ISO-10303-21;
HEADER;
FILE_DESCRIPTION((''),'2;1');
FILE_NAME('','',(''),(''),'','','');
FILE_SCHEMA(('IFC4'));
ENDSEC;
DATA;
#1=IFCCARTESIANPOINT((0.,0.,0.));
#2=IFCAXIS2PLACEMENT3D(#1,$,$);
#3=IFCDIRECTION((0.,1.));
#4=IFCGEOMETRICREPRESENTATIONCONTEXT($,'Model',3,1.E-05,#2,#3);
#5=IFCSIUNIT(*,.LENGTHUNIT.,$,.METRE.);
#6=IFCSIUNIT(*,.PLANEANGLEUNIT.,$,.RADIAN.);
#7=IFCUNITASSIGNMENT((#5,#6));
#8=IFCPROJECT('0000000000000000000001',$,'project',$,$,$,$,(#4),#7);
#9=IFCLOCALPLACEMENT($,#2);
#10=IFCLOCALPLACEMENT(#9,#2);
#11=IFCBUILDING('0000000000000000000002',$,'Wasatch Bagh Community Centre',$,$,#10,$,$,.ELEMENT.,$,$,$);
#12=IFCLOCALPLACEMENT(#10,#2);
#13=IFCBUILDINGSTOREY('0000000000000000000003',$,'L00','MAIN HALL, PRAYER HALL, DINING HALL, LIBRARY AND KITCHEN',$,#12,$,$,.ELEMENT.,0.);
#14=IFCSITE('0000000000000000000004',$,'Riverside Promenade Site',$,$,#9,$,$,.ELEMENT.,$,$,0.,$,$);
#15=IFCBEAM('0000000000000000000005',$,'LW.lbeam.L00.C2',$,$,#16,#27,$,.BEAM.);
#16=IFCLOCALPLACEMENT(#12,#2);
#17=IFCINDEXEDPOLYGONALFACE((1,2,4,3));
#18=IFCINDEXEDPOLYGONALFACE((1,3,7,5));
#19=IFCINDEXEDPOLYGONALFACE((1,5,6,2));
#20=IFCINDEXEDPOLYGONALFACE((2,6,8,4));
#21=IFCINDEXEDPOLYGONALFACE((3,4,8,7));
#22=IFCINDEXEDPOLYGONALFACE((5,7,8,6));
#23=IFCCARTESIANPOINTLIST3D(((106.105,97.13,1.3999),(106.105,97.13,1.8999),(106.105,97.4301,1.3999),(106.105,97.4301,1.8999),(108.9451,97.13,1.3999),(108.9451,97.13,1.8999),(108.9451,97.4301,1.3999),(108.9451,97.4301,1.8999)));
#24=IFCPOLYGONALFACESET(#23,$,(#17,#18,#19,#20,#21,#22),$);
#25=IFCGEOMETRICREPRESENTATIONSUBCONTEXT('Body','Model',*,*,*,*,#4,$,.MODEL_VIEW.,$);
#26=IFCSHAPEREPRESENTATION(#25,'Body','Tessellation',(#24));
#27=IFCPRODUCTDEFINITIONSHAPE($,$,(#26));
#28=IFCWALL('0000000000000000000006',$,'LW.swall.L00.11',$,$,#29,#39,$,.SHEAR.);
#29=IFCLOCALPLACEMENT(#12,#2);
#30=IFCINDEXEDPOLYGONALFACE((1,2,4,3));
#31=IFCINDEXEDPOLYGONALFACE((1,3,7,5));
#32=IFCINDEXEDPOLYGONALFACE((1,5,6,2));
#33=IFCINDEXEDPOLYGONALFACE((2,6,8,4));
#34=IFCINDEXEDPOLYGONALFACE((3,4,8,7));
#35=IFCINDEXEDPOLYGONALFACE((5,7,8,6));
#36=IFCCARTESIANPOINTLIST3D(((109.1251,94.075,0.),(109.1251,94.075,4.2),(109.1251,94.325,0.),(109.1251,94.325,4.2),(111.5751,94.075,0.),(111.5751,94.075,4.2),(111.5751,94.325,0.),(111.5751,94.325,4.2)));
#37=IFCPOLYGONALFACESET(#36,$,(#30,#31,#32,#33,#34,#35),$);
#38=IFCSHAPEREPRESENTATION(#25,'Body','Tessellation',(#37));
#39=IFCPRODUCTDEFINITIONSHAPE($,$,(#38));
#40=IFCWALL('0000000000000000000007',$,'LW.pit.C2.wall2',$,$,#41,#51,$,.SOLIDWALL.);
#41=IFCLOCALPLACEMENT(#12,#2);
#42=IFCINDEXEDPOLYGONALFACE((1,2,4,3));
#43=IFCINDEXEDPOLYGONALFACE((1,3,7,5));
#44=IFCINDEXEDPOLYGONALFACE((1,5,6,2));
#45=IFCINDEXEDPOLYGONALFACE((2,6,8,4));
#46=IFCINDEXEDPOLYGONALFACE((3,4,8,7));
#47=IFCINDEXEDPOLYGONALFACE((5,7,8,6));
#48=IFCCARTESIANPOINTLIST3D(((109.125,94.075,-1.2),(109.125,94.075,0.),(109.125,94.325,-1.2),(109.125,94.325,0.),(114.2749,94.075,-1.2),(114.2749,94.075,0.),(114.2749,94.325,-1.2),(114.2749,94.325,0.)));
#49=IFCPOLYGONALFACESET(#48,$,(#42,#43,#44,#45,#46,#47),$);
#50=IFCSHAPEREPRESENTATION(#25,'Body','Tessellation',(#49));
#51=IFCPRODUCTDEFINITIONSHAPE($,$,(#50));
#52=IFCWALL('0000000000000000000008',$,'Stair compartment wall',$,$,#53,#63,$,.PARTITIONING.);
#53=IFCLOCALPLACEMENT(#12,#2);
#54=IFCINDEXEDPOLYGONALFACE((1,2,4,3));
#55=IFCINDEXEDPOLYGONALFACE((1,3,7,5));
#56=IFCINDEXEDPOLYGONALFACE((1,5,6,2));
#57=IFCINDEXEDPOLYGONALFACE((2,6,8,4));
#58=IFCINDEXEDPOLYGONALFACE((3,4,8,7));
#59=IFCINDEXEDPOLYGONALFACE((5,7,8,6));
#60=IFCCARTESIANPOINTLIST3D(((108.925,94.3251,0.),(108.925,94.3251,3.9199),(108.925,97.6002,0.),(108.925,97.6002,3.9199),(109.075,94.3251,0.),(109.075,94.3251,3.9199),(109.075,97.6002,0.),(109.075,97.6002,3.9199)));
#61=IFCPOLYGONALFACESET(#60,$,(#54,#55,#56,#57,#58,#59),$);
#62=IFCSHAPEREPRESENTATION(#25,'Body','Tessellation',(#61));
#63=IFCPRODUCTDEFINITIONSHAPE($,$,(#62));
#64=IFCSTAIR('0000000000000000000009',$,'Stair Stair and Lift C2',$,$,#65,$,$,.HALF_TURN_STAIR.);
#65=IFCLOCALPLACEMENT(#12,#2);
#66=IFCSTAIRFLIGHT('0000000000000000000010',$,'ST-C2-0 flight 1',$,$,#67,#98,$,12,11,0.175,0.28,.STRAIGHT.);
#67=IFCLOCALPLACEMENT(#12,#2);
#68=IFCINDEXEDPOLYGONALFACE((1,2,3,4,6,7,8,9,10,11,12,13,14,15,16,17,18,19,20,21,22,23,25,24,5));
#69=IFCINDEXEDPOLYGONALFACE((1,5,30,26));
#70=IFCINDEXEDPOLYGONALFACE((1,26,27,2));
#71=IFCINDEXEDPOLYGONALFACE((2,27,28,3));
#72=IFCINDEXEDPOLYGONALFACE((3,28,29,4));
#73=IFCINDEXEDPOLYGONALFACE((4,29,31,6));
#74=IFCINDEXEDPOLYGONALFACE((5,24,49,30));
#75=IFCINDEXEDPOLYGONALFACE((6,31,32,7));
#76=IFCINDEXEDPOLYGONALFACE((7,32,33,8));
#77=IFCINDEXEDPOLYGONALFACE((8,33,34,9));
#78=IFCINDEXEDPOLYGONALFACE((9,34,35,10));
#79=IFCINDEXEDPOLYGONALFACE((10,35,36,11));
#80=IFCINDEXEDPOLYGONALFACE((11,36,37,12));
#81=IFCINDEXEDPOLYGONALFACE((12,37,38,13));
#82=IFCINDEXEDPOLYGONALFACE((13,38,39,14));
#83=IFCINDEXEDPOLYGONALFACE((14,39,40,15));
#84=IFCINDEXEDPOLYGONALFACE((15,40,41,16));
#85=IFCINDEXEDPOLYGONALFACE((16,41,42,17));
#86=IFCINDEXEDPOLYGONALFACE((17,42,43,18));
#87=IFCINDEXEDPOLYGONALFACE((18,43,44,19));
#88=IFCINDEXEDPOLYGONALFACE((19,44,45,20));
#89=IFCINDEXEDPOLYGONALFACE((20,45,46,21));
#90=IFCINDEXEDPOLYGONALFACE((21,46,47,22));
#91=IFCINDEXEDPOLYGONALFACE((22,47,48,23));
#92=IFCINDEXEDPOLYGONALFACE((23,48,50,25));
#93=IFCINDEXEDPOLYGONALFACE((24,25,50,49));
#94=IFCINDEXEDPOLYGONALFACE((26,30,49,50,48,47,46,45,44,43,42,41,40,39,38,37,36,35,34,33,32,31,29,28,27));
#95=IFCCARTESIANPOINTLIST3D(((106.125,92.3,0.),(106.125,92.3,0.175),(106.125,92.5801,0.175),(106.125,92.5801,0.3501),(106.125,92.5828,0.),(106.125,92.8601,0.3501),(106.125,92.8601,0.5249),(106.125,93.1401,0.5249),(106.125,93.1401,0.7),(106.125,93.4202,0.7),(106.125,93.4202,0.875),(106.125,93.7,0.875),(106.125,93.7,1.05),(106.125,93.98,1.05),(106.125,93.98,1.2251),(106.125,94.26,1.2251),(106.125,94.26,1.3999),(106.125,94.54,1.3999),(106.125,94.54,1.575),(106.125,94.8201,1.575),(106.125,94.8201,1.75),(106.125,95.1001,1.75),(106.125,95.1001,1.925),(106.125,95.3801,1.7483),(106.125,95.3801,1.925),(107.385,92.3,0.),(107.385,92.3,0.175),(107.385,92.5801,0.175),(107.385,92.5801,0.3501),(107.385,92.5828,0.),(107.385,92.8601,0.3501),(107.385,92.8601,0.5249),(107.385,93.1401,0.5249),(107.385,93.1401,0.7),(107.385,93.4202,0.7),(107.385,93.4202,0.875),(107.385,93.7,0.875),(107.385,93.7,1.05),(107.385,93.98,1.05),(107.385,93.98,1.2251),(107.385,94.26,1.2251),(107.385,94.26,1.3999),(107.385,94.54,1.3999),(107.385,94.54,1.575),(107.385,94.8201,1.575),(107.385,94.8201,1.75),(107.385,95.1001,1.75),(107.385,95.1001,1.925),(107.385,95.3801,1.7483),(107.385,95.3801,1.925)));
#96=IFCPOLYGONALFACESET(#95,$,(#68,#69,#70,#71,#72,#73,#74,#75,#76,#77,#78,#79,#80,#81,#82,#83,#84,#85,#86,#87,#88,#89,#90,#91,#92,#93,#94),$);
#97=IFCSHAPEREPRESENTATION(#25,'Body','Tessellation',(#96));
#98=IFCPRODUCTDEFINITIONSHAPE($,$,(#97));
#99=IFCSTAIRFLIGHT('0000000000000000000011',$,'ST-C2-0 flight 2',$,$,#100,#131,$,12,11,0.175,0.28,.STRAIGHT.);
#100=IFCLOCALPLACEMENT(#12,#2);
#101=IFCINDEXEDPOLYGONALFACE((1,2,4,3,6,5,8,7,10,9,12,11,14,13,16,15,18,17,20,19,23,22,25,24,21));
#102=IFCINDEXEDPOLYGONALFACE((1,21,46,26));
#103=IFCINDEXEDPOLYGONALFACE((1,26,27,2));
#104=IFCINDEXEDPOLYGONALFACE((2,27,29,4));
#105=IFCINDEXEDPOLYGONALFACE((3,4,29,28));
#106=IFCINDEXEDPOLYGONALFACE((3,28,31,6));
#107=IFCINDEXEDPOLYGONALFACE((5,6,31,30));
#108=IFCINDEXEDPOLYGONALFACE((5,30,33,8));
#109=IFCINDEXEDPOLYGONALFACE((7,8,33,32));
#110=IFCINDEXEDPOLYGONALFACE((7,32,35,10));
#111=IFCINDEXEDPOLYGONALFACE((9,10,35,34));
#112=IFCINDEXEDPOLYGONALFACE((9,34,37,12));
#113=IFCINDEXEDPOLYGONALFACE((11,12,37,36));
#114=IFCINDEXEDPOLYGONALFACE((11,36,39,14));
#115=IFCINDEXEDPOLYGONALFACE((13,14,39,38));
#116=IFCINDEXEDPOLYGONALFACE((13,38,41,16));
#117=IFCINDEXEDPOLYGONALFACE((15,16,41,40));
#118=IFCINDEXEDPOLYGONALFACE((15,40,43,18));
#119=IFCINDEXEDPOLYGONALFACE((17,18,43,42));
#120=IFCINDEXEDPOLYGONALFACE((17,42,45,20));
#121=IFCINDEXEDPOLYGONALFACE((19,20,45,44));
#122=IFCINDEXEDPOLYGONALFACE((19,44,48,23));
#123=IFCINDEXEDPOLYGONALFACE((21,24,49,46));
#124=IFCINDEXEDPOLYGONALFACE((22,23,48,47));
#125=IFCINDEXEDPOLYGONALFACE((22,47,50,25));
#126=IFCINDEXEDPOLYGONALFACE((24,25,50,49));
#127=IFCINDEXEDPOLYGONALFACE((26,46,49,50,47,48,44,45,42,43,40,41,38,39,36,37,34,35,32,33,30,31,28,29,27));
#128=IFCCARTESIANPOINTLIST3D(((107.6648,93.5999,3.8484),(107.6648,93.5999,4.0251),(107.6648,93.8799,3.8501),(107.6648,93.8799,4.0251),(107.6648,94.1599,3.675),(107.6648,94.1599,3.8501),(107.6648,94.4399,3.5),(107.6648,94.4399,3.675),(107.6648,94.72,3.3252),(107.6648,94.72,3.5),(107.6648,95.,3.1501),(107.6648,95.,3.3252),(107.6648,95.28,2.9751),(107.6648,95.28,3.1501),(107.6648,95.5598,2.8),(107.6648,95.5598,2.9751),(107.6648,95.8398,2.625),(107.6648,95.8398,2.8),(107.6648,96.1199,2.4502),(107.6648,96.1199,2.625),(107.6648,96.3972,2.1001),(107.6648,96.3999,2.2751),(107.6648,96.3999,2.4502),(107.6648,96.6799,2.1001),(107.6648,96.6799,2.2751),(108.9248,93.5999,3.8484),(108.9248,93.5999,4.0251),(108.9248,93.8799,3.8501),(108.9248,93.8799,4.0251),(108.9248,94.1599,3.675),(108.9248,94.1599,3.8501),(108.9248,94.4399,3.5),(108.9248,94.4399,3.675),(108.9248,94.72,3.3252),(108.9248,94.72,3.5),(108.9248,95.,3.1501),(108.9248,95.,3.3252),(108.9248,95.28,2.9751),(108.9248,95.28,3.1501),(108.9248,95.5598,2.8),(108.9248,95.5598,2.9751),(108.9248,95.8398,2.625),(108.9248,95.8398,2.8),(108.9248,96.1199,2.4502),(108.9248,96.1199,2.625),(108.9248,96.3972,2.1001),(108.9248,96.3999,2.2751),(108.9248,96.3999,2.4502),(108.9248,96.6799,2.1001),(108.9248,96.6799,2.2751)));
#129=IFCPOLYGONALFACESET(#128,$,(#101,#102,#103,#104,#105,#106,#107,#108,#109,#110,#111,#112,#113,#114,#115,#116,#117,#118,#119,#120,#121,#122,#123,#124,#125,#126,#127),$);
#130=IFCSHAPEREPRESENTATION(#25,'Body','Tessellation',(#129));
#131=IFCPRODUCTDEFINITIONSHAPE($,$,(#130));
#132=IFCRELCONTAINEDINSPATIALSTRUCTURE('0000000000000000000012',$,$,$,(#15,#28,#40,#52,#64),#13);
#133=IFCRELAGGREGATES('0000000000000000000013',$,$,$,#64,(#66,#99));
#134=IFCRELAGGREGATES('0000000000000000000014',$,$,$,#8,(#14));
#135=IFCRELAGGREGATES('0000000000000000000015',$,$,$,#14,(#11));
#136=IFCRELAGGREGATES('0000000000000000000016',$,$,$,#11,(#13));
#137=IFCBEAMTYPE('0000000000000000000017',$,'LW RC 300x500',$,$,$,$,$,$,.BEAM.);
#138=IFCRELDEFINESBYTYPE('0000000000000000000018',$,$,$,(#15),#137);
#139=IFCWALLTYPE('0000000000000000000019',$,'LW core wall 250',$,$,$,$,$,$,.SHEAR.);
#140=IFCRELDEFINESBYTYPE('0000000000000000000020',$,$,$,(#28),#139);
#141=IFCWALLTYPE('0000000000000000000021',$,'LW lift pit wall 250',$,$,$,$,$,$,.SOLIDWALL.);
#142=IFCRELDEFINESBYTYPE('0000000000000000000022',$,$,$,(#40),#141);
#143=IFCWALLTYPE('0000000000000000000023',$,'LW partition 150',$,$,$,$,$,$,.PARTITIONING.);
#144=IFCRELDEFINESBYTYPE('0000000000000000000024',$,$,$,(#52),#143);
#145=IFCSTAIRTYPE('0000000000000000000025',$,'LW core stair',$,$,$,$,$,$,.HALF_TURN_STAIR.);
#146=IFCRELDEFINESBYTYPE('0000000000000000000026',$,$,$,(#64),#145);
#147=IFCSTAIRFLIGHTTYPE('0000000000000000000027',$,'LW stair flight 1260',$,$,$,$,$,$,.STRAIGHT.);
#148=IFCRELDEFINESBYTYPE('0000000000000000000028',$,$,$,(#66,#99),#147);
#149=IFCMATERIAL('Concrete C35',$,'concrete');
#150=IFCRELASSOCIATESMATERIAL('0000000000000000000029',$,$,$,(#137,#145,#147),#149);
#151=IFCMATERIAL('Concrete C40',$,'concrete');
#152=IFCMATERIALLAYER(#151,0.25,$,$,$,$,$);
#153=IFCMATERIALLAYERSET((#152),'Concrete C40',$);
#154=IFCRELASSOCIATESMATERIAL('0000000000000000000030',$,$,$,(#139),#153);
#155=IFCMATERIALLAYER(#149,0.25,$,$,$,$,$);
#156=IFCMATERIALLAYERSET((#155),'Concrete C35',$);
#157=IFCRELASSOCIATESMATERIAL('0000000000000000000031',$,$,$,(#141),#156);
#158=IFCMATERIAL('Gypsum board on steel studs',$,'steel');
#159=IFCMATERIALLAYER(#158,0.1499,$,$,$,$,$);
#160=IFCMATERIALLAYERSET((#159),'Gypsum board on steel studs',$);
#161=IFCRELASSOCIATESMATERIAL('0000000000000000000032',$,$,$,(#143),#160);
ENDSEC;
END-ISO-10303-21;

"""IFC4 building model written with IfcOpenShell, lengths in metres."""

from ifc_helpers import new_model, si_unit, direction, frame, frame_2d, origin, origin_2d, place, context, subcontext, project, spatial, polyline, rectangle, outline, extrude, material, layer, layer_set, material_profile, profile_set, type_object, element, aggregate, save


model = new_model("IFC4")

# Units and contexts
model_context = context("Model", 3, precision=1e-05, world=origin(), true_north=direction((0.0, 1.0)))
body_context = subcontext(model_context, "Body", "Model", "MODEL_VIEW")
ifc_project = project(units=[si_unit("LENGTHUNIT", "METRE"), si_unit("PLANEANGLEUNIT", "RADIAN")], contexts=[model_context])

# Site, building, storey
site_placement = place(None, origin())
site = spatial("IfcSite", under=ifc_project, at=site_placement, Name="Riverside Promenade Site", CompositionType="ELEMENT", RefElevation=0.0)
building_placement = place(site_placement, origin())
building = spatial("IfcBuilding", under=site, at=building_placement, Name="Wasatch Bagh Community Centre", CompositionType="ELEMENT")
storey_placement = place(building_placement, origin())
storey = spatial("IfcBuildingStorey", under=building, at=storey_placement, Name="L00", Description="MAIN HALL, PRAYER HALL, DINING HALL, LIBRARY AND KITCHEN", CompositionType="ELEMENT", Elevation=0.0)

# Beam
ifc_material_1 = material(Name="Concrete C35", Category="concrete")
ifc_material_profile_1 = material_profile(ifc_material_1, rectangle(XDim=0.3, YDim=0.5, at=origin_2d()), Name="RC 300x500")
ifc_profile_set_1 = profile_set([ifc_material_profile_1], Name="Concrete C35")
beam_type = type_object("IfcBeamType", Name="LW RC 300x500", PredefinedType="BEAM", material=ifc_profile_set_1)
beam_placement = place(storey_placement, frame((106.105, 97.28, 1.6499), z_axis=(1.0, 0.0, 0.0), x_axis=(0.0, 1.0, 0.0)))
element("IfcBeam", 1, at=beam_placement, inside=storey, type_object=beam_type, Name="LW.lbeam.L00.C2", PredefinedType="BEAM", context=body_context, shape_type="SweptSolid", body=[
    extrude(rectangle(XDim=0.3, YDim=0.5, at=origin_2d()), origin(), (0.0, 0.0, 1.0), 2.8401),
])

# Walls
ifc_material_2 = material(Name="Concrete C40", Category="concrete")
ifc_layer_1 = layer(ifc_material_2, 0.25)
ifc_layer_set_1 = layer_set([ifc_layer_1], Name="Concrete C40")
wall_type_1 = type_object("IfcWallType", Name="LW core wall 250", PredefinedType="SHEAR", material=ifc_layer_set_1)
wall_1_placement = place(storey_placement, frame((109.125, 94.2, 0.0), z_axis=(0.0, 0.0, 1.0), x_axis=(1.0, 0.0, 0.0)))
element("IfcWall", 2, at=wall_1_placement, inside=storey, type_object=wall_type_1, Name="LW.swall.L00.11", PredefinedType="SHEAR", context=body_context, shape_type="SweptSolid", body=[
    extrude(rectangle(XDim=2.45, YDim=0.25, at=frame_2d((1.2251, 0.0))), origin(), (0.0, 0.0, 1.0), 4.2),
])
ifc_layer_2 = layer(ifc_material_1, 0.25)
ifc_layer_set_2 = layer_set([ifc_layer_2], Name="Concrete C35")
wall_type_2 = type_object("IfcWallType", Name="LW lift pit wall 250", PredefinedType="SOLIDWALL", material=ifc_layer_set_2)
wall_2_placement = place(storey_placement, frame((109.125, 94.2, -1.2), z_axis=(0.0, 0.0, 1.0), x_axis=(1.0, 0.0, 0.0)))
element("IfcWall", 3, at=wall_2_placement, inside=storey, type_object=wall_type_2, Name="LW.pit.C2.wall2", PredefinedType="SOLIDWALL", context=body_context, shape_type="SweptSolid", body=[
    extrude(rectangle(XDim=5.1499, YDim=0.25, at=frame_2d((2.575, 0.0))), origin(), (0.0, 0.0, 1.0), 1.2),
])
ifc_material_3 = material(Name="Gypsum board on steel studs", Category="steel")
ifc_layer_3 = layer(ifc_material_3, 0.1499)
ifc_layer_set_3 = layer_set([ifc_layer_3], Name="Gypsum board on steel studs")
wall_type_3 = type_object("IfcWallType", Name="LW partition 150", PredefinedType="PARTITIONING", material=ifc_layer_set_3)
wall_3_placement = place(storey_placement, frame((109.0, 94.325, 0.0), z_axis=(0.0, 0.0, 1.0), x_axis=(0.0, 1.0, 0.0)))
element("IfcWall", 4, at=wall_3_placement, inside=storey, type_object=wall_type_3, Name="Stair compartment wall", PredefinedType="PARTITIONING", context=body_context, shape_type="SweptSolid", body=[
    extrude(rectangle(XDim=3.2751, YDim=0.1499, at=frame_2d((1.6377, 0.0))), origin(), (0.0, 0.0, 1.0), 3.9199),
])

# Stair, stair flights
stair_type = type_object("IfcStairType", Name="LW core stair", PredefinedType="HALF_TURN_STAIR", material=ifc_material_1)
stair_placement = place(storey_placement, origin())
stair = element("IfcStair", 5, at=stair_placement, inside=storey, type_object=stair_type, Name="Stair Stair and Lift C2", PredefinedType="HALF_TURN_STAIR")
stair_flight_type = type_object("IfcStairFlightType", Name="LW stair flight 1260", PredefinedType="STRAIGHT", material=ifc_material_1)
stair_flight_1_placement = place(storey_placement, frame((106.7549, 92.3, 0.0), z_axis=(0.0, 0.0, 1.0), x_axis=(0.0, 1.0, 0.0)))
stair_flight_1 = element("IfcStairFlight", 6, at=stair_flight_1_placement, type_object=stair_flight_type, Name="ST-C2-0 flight 1", NumberOfRisers=12, NumberOfTreads=11, PredefinedType="STRAIGHT", RiserHeight=0.175, TreadLength=0.28, context=body_context, shape_type="SweptSolid", body=[
    extrude(outline(polyline([(0.0, 0.0), (0.0, 0.175), (0.28, 0.175), (0.28, 0.3501), (0.5601, 0.3501), (0.5601, 0.5249), (0.8401, 0.5249), (0.8401, 0.7), (1.1201, 0.7), (1.1201, 0.875), (1.3999, 0.875), (1.3999, 1.05), (1.6799, 1.05), (1.6799, 1.2251), (1.96, 1.2251), (1.96, 1.3999), (2.24, 1.3999), (2.24, 1.575), (2.52, 1.575), (2.52, 1.75), (2.8, 1.75), (2.8, 1.925), (3.0801, 1.925), (3.0801, 2.1001), (3.0801, 1.7483), (0.2827, 0.0), (0.0, 0.0)])), frame((0.0, 0.6299, 0.0), z_axis=(0.0, -1.0, 0.0), x_axis=(1.0, 0.0, 0.0)), (0.0, 0.0, 1.0), 1.26),
])
stair_flight_2_placement = place(storey_placement, frame((108.2949, 96.6799, 2.1001), z_axis=(0.0, 0.0, 1.0), x_axis=(0.0, -1.0, 0.0)))
stair_flight_2 = element("IfcStairFlight", 7, at=stair_flight_2_placement, type_object=stair_flight_type, Name="ST-C2-0 flight 2", NumberOfRisers=12, NumberOfTreads=11, PredefinedType="STRAIGHT", RiserHeight=0.175, TreadLength=0.28, context=body_context, shape_type="SweptSolid", body=[
    extrude(outline(polyline([(0.0, 0.0), (0.0, 0.175), (0.28, 0.175), (0.28, 0.3501), (0.5601, 0.3501), (0.5601, 0.5249), (0.8401, 0.5249), (0.8401, 0.7), (1.1201, 0.7), (1.1201, 0.875), (1.3999, 0.875), (1.3999, 1.05), (1.6799, 1.05), (1.6799, 1.2251), (1.96, 1.2251), (1.96, 1.3999), (2.24, 1.3999), (2.24, 1.575), (2.52, 1.575), (2.52, 1.75), (2.8, 1.75), (2.8, 1.925), (3.0801, 1.925), (3.0801, 2.1001), (3.0801, 1.7483), (0.2827, 0.0), (0.0, 0.0)])), frame((0.0, 0.6299, 0.0), z_axis=(0.0, -1.0, 0.0), x_axis=(1.0, 0.0, 0.0)), (0.0, 0.0, 1.0), 1.26),
])
aggregate(stair, [stair_flight_1, stair_flight_2])

save(model, "model.ifc")
